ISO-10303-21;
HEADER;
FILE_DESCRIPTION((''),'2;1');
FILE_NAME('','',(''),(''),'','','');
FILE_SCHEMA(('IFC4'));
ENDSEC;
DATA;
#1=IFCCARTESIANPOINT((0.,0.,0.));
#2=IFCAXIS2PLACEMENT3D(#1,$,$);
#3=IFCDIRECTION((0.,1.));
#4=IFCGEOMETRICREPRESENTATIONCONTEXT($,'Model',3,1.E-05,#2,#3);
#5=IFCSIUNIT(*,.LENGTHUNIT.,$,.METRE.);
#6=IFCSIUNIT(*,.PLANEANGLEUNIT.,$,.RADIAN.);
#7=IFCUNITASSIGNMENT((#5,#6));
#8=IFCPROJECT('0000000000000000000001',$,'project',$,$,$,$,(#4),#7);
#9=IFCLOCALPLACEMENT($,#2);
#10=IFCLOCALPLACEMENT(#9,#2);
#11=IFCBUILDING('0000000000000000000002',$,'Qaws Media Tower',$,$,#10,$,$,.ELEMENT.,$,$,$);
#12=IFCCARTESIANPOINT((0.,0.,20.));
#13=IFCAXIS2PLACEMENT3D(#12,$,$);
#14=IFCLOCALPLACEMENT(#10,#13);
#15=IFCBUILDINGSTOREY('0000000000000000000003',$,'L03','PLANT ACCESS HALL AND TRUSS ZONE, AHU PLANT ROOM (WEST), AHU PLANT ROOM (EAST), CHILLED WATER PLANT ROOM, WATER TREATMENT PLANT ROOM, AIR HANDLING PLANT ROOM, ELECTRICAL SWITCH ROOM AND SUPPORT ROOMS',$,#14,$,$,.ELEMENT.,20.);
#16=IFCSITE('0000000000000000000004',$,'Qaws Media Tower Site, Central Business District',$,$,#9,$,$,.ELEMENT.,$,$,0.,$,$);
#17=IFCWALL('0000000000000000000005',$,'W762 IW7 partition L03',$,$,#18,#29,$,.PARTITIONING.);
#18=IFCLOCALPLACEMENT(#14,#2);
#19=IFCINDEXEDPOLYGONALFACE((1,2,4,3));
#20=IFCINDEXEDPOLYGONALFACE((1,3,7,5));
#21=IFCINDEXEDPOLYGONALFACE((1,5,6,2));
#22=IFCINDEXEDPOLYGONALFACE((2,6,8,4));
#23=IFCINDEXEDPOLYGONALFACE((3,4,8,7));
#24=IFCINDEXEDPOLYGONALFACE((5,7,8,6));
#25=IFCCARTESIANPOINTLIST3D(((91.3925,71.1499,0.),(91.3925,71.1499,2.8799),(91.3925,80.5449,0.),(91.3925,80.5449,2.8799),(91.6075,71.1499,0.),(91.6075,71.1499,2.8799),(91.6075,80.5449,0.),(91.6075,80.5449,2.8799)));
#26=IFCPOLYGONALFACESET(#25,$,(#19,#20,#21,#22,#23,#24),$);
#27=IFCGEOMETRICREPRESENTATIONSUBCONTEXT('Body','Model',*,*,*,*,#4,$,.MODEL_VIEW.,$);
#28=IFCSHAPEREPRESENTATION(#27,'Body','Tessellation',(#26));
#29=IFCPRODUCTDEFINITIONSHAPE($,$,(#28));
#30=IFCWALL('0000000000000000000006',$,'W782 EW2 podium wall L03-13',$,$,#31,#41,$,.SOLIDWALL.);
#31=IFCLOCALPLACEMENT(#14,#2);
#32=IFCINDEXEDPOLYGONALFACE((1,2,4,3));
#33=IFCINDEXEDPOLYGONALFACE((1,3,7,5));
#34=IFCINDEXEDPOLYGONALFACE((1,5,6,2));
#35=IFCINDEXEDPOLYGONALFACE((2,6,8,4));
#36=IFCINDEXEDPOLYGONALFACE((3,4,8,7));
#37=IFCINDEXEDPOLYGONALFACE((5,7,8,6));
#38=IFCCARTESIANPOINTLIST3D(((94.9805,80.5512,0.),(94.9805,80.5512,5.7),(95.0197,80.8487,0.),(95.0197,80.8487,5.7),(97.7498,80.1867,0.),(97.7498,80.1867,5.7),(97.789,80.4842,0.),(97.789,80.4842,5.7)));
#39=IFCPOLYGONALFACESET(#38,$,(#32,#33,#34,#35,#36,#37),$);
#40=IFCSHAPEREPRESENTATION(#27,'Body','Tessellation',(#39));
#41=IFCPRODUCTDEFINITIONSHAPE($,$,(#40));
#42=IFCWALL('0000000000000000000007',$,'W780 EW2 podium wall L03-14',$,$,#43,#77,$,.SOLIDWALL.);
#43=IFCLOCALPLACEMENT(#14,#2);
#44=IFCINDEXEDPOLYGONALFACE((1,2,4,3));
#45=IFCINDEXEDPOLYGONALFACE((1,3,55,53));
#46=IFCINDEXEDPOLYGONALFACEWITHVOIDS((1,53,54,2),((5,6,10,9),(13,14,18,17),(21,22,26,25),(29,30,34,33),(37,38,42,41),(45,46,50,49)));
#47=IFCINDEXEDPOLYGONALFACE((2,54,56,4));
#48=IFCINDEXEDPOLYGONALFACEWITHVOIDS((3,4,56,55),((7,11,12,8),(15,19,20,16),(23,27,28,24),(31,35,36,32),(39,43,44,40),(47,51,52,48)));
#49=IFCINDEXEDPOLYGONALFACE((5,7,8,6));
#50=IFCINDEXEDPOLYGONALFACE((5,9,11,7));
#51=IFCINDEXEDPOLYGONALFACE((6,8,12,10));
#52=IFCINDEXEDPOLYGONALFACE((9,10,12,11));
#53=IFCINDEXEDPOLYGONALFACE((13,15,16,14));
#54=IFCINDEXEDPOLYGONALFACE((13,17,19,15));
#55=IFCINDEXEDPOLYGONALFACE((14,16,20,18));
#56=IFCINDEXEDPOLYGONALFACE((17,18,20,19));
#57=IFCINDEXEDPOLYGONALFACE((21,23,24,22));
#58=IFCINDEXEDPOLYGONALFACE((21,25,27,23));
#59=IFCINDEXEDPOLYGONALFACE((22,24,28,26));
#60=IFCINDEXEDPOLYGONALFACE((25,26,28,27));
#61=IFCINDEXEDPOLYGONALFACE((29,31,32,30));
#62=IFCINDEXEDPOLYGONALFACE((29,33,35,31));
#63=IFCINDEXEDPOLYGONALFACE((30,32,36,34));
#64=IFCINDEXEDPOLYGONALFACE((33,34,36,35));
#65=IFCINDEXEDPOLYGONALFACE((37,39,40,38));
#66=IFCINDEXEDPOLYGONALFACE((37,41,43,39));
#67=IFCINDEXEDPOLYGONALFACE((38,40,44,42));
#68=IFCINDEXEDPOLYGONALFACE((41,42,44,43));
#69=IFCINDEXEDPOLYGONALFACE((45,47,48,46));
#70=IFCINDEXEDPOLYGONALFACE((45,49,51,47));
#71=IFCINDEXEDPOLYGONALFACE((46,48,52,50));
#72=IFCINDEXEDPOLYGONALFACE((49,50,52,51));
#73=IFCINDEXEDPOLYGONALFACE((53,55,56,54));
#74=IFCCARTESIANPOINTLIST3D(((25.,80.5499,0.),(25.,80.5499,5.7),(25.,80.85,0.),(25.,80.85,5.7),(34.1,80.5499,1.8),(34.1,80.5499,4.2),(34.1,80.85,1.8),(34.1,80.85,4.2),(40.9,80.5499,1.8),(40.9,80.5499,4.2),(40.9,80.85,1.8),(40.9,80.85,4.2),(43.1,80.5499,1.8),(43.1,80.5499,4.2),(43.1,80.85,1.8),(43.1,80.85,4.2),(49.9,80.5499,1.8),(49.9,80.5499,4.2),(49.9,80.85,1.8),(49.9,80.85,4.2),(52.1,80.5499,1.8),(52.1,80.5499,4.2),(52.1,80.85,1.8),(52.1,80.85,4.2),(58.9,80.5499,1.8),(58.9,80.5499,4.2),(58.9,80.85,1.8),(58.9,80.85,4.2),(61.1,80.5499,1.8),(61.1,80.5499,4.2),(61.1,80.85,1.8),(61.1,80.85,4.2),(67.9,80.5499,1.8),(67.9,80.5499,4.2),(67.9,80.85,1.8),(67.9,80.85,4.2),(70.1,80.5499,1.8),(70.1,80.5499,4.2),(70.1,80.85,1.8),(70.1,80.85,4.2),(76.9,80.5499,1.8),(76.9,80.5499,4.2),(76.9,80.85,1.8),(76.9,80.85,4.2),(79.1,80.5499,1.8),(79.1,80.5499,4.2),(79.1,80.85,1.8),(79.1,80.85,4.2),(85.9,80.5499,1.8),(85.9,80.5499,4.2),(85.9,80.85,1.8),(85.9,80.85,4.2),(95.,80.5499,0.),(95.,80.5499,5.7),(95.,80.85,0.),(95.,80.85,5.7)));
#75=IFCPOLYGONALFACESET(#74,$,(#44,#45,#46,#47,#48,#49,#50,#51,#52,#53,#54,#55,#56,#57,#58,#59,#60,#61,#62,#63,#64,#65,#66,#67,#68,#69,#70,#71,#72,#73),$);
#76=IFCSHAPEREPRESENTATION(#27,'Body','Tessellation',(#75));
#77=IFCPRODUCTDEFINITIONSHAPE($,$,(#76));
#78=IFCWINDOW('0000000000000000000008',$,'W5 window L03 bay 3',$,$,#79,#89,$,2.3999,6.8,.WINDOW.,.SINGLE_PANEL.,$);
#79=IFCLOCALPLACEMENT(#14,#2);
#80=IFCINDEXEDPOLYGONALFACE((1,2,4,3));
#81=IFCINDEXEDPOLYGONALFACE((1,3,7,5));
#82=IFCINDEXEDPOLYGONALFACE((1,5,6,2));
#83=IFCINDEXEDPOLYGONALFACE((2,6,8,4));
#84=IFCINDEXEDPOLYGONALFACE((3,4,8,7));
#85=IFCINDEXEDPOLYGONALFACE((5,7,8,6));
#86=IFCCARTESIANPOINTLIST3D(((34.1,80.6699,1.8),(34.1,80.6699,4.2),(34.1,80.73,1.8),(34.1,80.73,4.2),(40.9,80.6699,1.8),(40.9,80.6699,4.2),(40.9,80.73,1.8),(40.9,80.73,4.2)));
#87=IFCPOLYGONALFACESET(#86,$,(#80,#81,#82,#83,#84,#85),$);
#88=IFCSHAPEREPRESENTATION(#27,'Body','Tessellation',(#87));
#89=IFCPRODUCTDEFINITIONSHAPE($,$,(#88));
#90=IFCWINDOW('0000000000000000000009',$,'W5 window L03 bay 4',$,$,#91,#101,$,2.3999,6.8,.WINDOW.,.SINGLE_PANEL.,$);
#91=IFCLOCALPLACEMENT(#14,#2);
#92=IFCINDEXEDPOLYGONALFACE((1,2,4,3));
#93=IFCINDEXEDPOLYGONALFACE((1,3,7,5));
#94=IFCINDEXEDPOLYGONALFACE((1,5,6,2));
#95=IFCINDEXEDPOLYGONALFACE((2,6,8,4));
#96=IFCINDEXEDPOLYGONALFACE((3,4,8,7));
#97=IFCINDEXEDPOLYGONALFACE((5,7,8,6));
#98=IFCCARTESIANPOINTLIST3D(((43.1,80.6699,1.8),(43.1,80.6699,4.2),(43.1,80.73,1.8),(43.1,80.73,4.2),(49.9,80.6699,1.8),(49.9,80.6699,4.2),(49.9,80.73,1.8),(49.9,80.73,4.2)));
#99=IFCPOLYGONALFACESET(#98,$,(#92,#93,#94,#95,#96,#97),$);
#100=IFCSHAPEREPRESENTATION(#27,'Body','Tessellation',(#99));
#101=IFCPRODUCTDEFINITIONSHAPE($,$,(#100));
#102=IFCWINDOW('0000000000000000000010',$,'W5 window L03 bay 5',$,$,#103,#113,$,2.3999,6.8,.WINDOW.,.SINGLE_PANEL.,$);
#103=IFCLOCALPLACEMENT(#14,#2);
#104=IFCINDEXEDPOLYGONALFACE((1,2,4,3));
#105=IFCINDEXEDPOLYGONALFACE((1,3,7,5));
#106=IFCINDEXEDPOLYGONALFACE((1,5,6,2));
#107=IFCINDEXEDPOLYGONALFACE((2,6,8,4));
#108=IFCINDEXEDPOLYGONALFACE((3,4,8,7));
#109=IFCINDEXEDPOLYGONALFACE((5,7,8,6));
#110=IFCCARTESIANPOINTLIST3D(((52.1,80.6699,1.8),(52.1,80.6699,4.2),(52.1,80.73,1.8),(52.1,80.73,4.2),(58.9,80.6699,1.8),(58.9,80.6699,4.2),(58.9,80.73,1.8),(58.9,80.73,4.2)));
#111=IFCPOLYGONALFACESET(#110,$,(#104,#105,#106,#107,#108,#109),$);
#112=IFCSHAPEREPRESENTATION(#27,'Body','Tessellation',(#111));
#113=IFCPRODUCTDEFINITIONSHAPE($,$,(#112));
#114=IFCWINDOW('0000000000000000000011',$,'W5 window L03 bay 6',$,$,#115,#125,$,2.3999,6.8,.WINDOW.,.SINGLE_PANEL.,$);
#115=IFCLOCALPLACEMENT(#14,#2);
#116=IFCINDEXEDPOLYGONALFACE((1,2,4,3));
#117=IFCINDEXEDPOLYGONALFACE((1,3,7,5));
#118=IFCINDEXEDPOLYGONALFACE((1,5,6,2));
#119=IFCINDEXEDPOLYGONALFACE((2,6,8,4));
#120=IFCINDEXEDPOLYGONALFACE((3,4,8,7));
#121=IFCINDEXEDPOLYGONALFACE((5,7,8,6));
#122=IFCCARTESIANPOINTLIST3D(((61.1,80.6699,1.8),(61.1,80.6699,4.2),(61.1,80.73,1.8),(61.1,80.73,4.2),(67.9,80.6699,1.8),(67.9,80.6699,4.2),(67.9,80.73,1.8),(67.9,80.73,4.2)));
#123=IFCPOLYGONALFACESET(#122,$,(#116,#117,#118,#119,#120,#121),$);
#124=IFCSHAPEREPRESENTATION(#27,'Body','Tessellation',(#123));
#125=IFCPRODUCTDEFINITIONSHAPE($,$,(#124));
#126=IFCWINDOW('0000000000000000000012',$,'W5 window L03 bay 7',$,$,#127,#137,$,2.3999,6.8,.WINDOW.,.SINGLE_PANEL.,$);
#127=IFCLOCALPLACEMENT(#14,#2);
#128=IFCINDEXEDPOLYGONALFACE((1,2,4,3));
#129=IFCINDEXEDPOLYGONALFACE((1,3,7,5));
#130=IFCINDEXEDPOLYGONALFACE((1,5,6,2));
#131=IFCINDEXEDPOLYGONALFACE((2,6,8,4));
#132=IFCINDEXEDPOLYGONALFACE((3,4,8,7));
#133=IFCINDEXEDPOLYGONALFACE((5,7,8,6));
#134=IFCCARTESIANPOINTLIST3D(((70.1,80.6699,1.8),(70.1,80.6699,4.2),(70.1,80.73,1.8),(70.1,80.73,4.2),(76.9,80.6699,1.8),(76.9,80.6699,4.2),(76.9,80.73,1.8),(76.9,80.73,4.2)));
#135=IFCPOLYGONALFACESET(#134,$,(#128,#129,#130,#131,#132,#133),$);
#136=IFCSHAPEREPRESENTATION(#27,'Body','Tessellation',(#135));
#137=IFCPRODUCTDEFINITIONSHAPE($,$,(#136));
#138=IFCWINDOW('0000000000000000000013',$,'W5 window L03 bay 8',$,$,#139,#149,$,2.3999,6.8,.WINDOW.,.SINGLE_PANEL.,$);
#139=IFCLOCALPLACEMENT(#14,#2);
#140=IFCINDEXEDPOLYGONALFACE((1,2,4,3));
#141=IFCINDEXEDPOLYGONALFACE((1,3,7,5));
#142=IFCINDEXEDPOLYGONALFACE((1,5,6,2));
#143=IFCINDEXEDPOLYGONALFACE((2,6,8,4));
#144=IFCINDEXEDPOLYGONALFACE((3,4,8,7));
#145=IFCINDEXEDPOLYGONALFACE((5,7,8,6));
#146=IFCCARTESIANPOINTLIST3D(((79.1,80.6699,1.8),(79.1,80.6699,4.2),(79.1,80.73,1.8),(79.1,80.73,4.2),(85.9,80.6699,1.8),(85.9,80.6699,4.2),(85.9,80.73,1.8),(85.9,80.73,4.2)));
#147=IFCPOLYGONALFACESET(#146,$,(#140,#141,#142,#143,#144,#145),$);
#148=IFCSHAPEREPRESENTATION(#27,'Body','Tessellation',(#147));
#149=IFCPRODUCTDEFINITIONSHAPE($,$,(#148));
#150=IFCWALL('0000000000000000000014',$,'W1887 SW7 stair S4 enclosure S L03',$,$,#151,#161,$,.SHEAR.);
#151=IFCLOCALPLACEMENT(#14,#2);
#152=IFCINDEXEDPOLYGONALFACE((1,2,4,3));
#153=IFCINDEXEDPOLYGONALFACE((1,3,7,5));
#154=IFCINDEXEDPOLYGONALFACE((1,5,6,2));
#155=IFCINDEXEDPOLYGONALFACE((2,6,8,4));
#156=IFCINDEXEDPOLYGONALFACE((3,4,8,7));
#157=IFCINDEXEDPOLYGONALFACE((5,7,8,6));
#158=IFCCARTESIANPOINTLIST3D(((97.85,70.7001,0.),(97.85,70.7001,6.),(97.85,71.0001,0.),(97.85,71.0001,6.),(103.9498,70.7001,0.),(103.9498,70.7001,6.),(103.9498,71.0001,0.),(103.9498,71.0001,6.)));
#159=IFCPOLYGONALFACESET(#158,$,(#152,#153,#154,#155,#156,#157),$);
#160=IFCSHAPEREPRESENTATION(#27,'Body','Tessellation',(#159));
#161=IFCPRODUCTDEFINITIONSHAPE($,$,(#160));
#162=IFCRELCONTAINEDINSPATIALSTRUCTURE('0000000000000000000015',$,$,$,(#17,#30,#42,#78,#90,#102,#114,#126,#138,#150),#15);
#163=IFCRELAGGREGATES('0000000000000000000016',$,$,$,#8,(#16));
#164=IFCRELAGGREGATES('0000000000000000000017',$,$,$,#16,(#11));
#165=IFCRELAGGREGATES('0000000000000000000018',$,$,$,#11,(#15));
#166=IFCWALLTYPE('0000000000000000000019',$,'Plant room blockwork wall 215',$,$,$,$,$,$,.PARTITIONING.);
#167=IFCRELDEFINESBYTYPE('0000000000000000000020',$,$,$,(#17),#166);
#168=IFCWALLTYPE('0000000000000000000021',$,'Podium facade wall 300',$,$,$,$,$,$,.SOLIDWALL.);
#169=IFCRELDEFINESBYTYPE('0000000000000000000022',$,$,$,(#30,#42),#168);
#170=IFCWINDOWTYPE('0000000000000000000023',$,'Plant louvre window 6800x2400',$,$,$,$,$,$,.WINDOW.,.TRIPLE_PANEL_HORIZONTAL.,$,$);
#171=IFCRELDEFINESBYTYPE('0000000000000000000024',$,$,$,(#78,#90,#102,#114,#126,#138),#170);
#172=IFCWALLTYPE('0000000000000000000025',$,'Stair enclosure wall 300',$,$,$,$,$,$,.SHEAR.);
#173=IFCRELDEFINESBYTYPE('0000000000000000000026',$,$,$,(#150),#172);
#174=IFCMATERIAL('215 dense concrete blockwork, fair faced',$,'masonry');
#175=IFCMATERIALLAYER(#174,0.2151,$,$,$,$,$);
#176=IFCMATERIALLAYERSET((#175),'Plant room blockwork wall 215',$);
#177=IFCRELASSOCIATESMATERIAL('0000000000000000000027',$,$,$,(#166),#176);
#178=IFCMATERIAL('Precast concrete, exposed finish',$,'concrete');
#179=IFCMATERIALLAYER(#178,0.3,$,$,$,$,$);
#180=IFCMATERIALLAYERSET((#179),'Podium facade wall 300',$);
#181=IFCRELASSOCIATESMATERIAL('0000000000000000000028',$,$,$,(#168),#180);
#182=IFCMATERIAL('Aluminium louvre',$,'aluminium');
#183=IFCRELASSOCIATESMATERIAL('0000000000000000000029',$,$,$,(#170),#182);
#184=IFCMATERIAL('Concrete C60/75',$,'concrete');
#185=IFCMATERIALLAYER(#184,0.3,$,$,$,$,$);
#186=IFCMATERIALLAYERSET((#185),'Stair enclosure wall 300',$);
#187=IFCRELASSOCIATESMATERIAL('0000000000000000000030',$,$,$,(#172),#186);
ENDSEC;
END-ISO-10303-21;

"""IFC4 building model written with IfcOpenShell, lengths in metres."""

from ifc_helpers import new_model, si_unit, direction, frame, frame_2d, origin, place, context, subcontext, project, spatial, rectangle, extrude, material, layer, layer_set, type_object, element, fill, save


model = new_model("IFC4")

# Units and contexts
model_context = context("Model", 3, precision=1e-05, world=origin(), true_north=direction((0.0, 1.0)))
body_context = subcontext(model_context, "Body", "Model", "MODEL_VIEW")
ifc_project = project(units=[si_unit("LENGTHUNIT", "METRE"), si_unit("PLANEANGLEUNIT", "RADIAN")], contexts=[model_context])

# Site, building, storey
site_placement = place(None, origin())
site = spatial("IfcSite", under=ifc_project, at=site_placement, Name="Qaws Media Tower Site, Central Business District", CompositionType="ELEMENT", RefElevation=0.0)
building_placement = place(site_placement, origin())
building = spatial("IfcBuilding", under=site, at=building_placement, Name="Qaws Media Tower", CompositionType="ELEMENT")
storey_placement = place(building_placement, frame((0.0, 0.0, 20.0)))
storey = spatial("IfcBuildingStorey", under=building, at=storey_placement, Name="L03", Description="PLANT ACCESS HALL AND TRUSS ZONE, AHU PLANT ROOM (WEST), AHU PLANT ROOM (EAST), CHILLED WATER PLANT ROOM, WATER TREATMENT PLANT ROOM, AIR HANDLING PLANT ROOM, ELECTRICAL SWITCH ROOM AND SUPPORT ROOMS", CompositionType="ELEMENT", Elevation=20.0)

# Walls
ifc_material_1 = material(Name="215 dense concrete blockwork, fair faced", Category="masonry")
ifc_layer_1 = layer(ifc_material_1, 0.2151)
ifc_layer_set_1 = layer_set([ifc_layer_1], Name="Plant room blockwork wall 215")
wall_type_1 = type_object("IfcWallType", Name="Plant room blockwork wall 215", PredefinedType="PARTITIONING", material=ifc_layer_set_1)
wall_1_placement = place(storey_placement, frame((91.5, 71.1499, 0.0), z_axis=(0.0, 0.0, 1.0), x_axis=(0.0, 1.0, 0.0)))
element("IfcWall", 1, at=wall_1_placement, inside=storey, type_object=wall_type_1, Name="W762 IW7 partition L03", PredefinedType="PARTITIONING", context=body_context, shape_type="SweptSolid", body=[
    extrude(rectangle(XDim=9.395, YDim=0.2151, at=frame_2d((4.6975, 0.0))), origin(), (0.0, 0.0, 1.0), 2.8799),
])
ifc_material_2 = material(Name="Precast concrete, exposed finish", Category="concrete")
ifc_layer_2 = layer(ifc_material_2, 0.3)
ifc_layer_set_2 = layer_set([ifc_layer_2], Name="Podium facade wall 300")
wall_type_2 = type_object("IfcWallType", Name="Podium facade wall 300", PredefinedType="SOLIDWALL", material=ifc_layer_set_2)
wall_2_placement = place(storey_placement, frame((97.7693, 80.3354, 0.0), z_axis=(0.0, 0.0, 1.0), x_axis=(-0.991449, 0.130497, 0.0)))
element("IfcWall", 2, at=wall_2_placement, inside=storey, type_object=wall_type_2, Name="W782 EW2 podium wall L03-13", PredefinedType="SOLIDWALL", context=body_context, shape_type="SweptSolid", body=[
    extrude(rectangle(XDim=2.7932, YDim=0.3, at=frame_2d((1.3965, 0.0))), origin(), (0.0, 0.0, 1.0), 5.7),
])

# Wall, openings, windows
wall_3_placement = place(storey_placement, frame((95.0, 80.7, 0.0), z_axis=(0.0, 0.0, 1.0), x_axis=(-1.0, 0.0, 0.0)))
wall_3 = element("IfcWall", 3, at=wall_3_placement, inside=storey, type_object=wall_type_2, Name="W780 EW2 podium wall L03-14", PredefinedType="SOLIDWALL", context=body_context, shape_type="SweptSolid", body=[
    extrude(rectangle(XDim=70.0, YDim=0.3, at=frame_2d((35.0, 0.0))), origin(), (0.0, 0.0, 1.0), 5.7),
])
opening_1_placement = place(wall_3_placement, frame((54.1001, 0.0, 1.8)))
opening_1 = element("IfcOpeningElement", 4, at=opening_1_placement, cuts=wall_3, PredefinedType="OPENING", context=body_context, shape_type="SweptSolid", body=[
    extrude(rectangle(XDim=6.8, YDim=2.3999, at=frame_2d((3.3999, 1.2))), frame((0.0, 0.1599, 0.0), z_axis=(0.0, -1.0, 0.0), x_axis=(1.0, 0.0, 0.0)), (0.0, 0.0, 1.0), 0.3201),
])
opening_2_placement = place(wall_3_placement, frame((45.1001, 0.0, 1.8)))
opening_2 = element("IfcOpeningElement", 5, at=opening_2_placement, cuts=wall_3, PredefinedType="OPENING", context=body_context, shape_type="SweptSolid", body=[
    extrude(rectangle(XDim=6.8, YDim=2.3999, at=frame_2d((3.3999, 1.2))), frame((0.0, 0.1599, 0.0), z_axis=(0.0, -1.0, 0.0), x_axis=(1.0, 0.0, 0.0)), (0.0, 0.0, 1.0), 0.3201),
])
opening_3_placement = place(wall_3_placement, frame((36.1001, 0.0, 1.8)))
opening_3 = element("IfcOpeningElement", 6, at=opening_3_placement, cuts=wall_3, PredefinedType="OPENING", context=body_context, shape_type="SweptSolid", body=[
    extrude(rectangle(XDim=6.8, YDim=2.3999, at=frame_2d((3.3999, 1.2))), frame((0.0, 0.1599, 0.0), z_axis=(0.0, -1.0, 0.0), x_axis=(1.0, 0.0, 0.0)), (0.0, 0.0, 1.0), 0.3201),
])
opening_4_placement = place(wall_3_placement, frame((27.1001, 0.0, 1.8)))
opening_4 = element("IfcOpeningElement", 7, at=opening_4_placement, cuts=wall_3, PredefinedType="OPENING", context=body_context, shape_type="SweptSolid", body=[
    extrude(rectangle(XDim=6.8, YDim=2.3999, at=frame_2d((3.3999, 1.2))), frame((0.0, 0.1599, 0.0), z_axis=(0.0, -1.0, 0.0), x_axis=(1.0, 0.0, 0.0)), (0.0, 0.0, 1.0), 0.3201),
])
opening_5_placement = place(wall_3_placement, frame((18.1001, 0.0, 1.8)))
opening_5 = element("IfcOpeningElement", 8, at=opening_5_placement, cuts=wall_3, PredefinedType="OPENING", context=body_context, shape_type="SweptSolid", body=[
    extrude(rectangle(XDim=6.8, YDim=2.3999, at=frame_2d((3.3999, 1.2))), frame((0.0, 0.1599, 0.0), z_axis=(0.0, -1.0, 0.0), x_axis=(1.0, 0.0, 0.0)), (0.0, 0.0, 1.0), 0.3201),
])
opening_6_placement = place(wall_3_placement, frame((9.1001, 0.0, 1.8)))
opening_6 = element("IfcOpeningElement", 9, at=opening_6_placement, cuts=wall_3, PredefinedType="OPENING", context=body_context, shape_type="SweptSolid", body=[
    extrude(rectangle(XDim=6.8, YDim=2.3999, at=frame_2d((3.3999, 1.2))), frame((0.0, 0.1599, 0.0), z_axis=(0.0, -1.0, 0.0), x_axis=(1.0, 0.0, 0.0)), (0.0, 0.0, 1.0), 0.3201),
])
ifc_material_3 = material(Name="Aluminium louvre", Category="aluminium")
window_type = type_object("IfcWindowType", Name="Plant louvre window 6800x2400", PartitioningType="TRIPLE_PANEL_HORIZONTAL", PredefinedType="WINDOW", material=ifc_material_3)
window_1_placement = place(opening_1_placement, origin())
window_1 = element("IfcWindow", 10, at=window_1_placement, inside=storey, type_object=window_type, Name="W5 window L03 bay 3", OverallHeight=2.3999, OverallWidth=6.8, PartitioningType="SINGLE_PANEL", PredefinedType="WINDOW", context=body_context, shape_type="SweptSolid", body=[
    extrude(rectangle(XDim=6.8, YDim=2.3999, at=frame_2d((3.3999, 1.2))), frame((0.0, 0.03, 0.0), z_axis=(0.0, -1.0, 0.0), x_axis=(1.0, 0.0, 0.0)), (0.0, 0.0, 1.0), 0.0601),
])
fill(opening_1, window_1)
window_2_placement = place(opening_2_placement, origin())
window_2 = element("IfcWindow", 11, at=window_2_placement, inside=storey, type_object=window_type, Name="W5 window L03 bay 4", OverallHeight=2.3999, OverallWidth=6.8, PartitioningType="SINGLE_PANEL", PredefinedType="WINDOW", context=body_context, shape_type="SweptSolid", body=[
    extrude(rectangle(XDim=6.8, YDim=2.3999, at=frame_2d((3.3999, 1.2))), frame((0.0, 0.03, 0.0), z_axis=(0.0, -1.0, 0.0), x_axis=(1.0, 0.0, 0.0)), (0.0, 0.0, 1.0), 0.0601),
])
fill(opening_2, window_2)
window_3_placement = place(opening_3_placement, origin())
window_3 = element("IfcWindow", 12, at=window_3_placement, inside=storey, type_object=window_type, Name="W5 window L03 bay 5", OverallHeight=2.3999, OverallWidth=6.8, PartitioningType="SINGLE_PANEL", PredefinedType="WINDOW", context=body_context, shape_type="SweptSolid", body=[
    extrude(rectangle(XDim=6.8, YDim=2.3999, at=frame_2d((3.3999, 1.2))), frame((0.0, 0.03, 0.0), z_axis=(0.0, -1.0, 0.0), x_axis=(1.0, 0.0, 0.0)), (0.0, 0.0, 1.0), 0.0601),
])
fill(opening_3, window_3)
window_4_placement = place(opening_4_placement, origin())
window_4 = element("IfcWindow", 13, at=window_4_placement, inside=storey, type_object=window_type, Name="W5 window L03 bay 6", OverallHeight=2.3999, OverallWidth=6.8, PartitioningType="SINGLE_PANEL", PredefinedType="WINDOW", context=body_context, shape_type="SweptSolid", body=[
    extrude(rectangle(XDim=6.8, YDim=2.3999, at=frame_2d((3.3999, 1.2))), frame((0.0, 0.03, 0.0), z_axis=(0.0, -1.0, 0.0), x_axis=(1.0, 0.0, 0.0)), (0.0, 0.0, 1.0), 0.0601),
])
fill(opening_4, window_4)
window_5_placement = place(opening_5_placement, origin())
window_5 = element("IfcWindow", 14, at=window_5_placement, inside=storey, type_object=window_type, Name="W5 window L03 bay 7", OverallHeight=2.3999, OverallWidth=6.8, PartitioningType="SINGLE_PANEL", PredefinedType="WINDOW", context=body_context, shape_type="SweptSolid", body=[
    extrude(rectangle(XDim=6.8, YDim=2.3999, at=frame_2d((3.3999, 1.2))), frame((0.0, 0.03, 0.0), z_axis=(0.0, -1.0, 0.0), x_axis=(1.0, 0.0, 0.0)), (0.0, 0.0, 1.0), 0.0601),
])
fill(opening_5, window_5)
window_6_placement = place(opening_6_placement, origin())
window_6 = element("IfcWindow", 15, at=window_6_placement, inside=storey, type_object=window_type, Name="W5 window L03 bay 8", OverallHeight=2.3999, OverallWidth=6.8, PartitioningType="SINGLE_PANEL", PredefinedType="WINDOW", context=body_context, shape_type="SweptSolid", body=[
    extrude(rectangle(XDim=6.8, YDim=2.3999, at=frame_2d((3.3999, 1.2))), frame((0.0, 0.03, 0.0), z_axis=(0.0, -1.0, 0.0), x_axis=(1.0, 0.0, 0.0)), (0.0, 0.0, 1.0), 0.0601),
])
fill(opening_6, window_6)

# Wall
ifc_material_4 = material(Name="Concrete C60/75", Category="concrete")
ifc_layer_3 = layer(ifc_material_4, 0.3)
ifc_layer_set_3 = layer_set([ifc_layer_3], Name="Stair enclosure wall 300")
wall_type_3 = type_object("IfcWallType", Name="Stair enclosure wall 300", PredefinedType="SHEAR", material=ifc_layer_set_3)
wall_4_placement = place(storey_placement, frame((97.8501, 70.8501, 0.0), z_axis=(0.0, 0.0, 1.0), x_axis=(1.0, 0.0, 0.0)))
element("IfcWall", 16, at=wall_4_placement, inside=storey, type_object=wall_type_3, Name="W1887 SW7 stair S4 enclosure S L03", PredefinedType="SHEAR", context=body_context, shape_type="SweptSolid", body=[
    extrude(rectangle(XDim=6.0999, YDim=0.3, at=frame_2d((3.0498, 0.0))), origin(), (0.0, 0.0, 1.0), 6.0),
])

save(model, "model.ifc")
